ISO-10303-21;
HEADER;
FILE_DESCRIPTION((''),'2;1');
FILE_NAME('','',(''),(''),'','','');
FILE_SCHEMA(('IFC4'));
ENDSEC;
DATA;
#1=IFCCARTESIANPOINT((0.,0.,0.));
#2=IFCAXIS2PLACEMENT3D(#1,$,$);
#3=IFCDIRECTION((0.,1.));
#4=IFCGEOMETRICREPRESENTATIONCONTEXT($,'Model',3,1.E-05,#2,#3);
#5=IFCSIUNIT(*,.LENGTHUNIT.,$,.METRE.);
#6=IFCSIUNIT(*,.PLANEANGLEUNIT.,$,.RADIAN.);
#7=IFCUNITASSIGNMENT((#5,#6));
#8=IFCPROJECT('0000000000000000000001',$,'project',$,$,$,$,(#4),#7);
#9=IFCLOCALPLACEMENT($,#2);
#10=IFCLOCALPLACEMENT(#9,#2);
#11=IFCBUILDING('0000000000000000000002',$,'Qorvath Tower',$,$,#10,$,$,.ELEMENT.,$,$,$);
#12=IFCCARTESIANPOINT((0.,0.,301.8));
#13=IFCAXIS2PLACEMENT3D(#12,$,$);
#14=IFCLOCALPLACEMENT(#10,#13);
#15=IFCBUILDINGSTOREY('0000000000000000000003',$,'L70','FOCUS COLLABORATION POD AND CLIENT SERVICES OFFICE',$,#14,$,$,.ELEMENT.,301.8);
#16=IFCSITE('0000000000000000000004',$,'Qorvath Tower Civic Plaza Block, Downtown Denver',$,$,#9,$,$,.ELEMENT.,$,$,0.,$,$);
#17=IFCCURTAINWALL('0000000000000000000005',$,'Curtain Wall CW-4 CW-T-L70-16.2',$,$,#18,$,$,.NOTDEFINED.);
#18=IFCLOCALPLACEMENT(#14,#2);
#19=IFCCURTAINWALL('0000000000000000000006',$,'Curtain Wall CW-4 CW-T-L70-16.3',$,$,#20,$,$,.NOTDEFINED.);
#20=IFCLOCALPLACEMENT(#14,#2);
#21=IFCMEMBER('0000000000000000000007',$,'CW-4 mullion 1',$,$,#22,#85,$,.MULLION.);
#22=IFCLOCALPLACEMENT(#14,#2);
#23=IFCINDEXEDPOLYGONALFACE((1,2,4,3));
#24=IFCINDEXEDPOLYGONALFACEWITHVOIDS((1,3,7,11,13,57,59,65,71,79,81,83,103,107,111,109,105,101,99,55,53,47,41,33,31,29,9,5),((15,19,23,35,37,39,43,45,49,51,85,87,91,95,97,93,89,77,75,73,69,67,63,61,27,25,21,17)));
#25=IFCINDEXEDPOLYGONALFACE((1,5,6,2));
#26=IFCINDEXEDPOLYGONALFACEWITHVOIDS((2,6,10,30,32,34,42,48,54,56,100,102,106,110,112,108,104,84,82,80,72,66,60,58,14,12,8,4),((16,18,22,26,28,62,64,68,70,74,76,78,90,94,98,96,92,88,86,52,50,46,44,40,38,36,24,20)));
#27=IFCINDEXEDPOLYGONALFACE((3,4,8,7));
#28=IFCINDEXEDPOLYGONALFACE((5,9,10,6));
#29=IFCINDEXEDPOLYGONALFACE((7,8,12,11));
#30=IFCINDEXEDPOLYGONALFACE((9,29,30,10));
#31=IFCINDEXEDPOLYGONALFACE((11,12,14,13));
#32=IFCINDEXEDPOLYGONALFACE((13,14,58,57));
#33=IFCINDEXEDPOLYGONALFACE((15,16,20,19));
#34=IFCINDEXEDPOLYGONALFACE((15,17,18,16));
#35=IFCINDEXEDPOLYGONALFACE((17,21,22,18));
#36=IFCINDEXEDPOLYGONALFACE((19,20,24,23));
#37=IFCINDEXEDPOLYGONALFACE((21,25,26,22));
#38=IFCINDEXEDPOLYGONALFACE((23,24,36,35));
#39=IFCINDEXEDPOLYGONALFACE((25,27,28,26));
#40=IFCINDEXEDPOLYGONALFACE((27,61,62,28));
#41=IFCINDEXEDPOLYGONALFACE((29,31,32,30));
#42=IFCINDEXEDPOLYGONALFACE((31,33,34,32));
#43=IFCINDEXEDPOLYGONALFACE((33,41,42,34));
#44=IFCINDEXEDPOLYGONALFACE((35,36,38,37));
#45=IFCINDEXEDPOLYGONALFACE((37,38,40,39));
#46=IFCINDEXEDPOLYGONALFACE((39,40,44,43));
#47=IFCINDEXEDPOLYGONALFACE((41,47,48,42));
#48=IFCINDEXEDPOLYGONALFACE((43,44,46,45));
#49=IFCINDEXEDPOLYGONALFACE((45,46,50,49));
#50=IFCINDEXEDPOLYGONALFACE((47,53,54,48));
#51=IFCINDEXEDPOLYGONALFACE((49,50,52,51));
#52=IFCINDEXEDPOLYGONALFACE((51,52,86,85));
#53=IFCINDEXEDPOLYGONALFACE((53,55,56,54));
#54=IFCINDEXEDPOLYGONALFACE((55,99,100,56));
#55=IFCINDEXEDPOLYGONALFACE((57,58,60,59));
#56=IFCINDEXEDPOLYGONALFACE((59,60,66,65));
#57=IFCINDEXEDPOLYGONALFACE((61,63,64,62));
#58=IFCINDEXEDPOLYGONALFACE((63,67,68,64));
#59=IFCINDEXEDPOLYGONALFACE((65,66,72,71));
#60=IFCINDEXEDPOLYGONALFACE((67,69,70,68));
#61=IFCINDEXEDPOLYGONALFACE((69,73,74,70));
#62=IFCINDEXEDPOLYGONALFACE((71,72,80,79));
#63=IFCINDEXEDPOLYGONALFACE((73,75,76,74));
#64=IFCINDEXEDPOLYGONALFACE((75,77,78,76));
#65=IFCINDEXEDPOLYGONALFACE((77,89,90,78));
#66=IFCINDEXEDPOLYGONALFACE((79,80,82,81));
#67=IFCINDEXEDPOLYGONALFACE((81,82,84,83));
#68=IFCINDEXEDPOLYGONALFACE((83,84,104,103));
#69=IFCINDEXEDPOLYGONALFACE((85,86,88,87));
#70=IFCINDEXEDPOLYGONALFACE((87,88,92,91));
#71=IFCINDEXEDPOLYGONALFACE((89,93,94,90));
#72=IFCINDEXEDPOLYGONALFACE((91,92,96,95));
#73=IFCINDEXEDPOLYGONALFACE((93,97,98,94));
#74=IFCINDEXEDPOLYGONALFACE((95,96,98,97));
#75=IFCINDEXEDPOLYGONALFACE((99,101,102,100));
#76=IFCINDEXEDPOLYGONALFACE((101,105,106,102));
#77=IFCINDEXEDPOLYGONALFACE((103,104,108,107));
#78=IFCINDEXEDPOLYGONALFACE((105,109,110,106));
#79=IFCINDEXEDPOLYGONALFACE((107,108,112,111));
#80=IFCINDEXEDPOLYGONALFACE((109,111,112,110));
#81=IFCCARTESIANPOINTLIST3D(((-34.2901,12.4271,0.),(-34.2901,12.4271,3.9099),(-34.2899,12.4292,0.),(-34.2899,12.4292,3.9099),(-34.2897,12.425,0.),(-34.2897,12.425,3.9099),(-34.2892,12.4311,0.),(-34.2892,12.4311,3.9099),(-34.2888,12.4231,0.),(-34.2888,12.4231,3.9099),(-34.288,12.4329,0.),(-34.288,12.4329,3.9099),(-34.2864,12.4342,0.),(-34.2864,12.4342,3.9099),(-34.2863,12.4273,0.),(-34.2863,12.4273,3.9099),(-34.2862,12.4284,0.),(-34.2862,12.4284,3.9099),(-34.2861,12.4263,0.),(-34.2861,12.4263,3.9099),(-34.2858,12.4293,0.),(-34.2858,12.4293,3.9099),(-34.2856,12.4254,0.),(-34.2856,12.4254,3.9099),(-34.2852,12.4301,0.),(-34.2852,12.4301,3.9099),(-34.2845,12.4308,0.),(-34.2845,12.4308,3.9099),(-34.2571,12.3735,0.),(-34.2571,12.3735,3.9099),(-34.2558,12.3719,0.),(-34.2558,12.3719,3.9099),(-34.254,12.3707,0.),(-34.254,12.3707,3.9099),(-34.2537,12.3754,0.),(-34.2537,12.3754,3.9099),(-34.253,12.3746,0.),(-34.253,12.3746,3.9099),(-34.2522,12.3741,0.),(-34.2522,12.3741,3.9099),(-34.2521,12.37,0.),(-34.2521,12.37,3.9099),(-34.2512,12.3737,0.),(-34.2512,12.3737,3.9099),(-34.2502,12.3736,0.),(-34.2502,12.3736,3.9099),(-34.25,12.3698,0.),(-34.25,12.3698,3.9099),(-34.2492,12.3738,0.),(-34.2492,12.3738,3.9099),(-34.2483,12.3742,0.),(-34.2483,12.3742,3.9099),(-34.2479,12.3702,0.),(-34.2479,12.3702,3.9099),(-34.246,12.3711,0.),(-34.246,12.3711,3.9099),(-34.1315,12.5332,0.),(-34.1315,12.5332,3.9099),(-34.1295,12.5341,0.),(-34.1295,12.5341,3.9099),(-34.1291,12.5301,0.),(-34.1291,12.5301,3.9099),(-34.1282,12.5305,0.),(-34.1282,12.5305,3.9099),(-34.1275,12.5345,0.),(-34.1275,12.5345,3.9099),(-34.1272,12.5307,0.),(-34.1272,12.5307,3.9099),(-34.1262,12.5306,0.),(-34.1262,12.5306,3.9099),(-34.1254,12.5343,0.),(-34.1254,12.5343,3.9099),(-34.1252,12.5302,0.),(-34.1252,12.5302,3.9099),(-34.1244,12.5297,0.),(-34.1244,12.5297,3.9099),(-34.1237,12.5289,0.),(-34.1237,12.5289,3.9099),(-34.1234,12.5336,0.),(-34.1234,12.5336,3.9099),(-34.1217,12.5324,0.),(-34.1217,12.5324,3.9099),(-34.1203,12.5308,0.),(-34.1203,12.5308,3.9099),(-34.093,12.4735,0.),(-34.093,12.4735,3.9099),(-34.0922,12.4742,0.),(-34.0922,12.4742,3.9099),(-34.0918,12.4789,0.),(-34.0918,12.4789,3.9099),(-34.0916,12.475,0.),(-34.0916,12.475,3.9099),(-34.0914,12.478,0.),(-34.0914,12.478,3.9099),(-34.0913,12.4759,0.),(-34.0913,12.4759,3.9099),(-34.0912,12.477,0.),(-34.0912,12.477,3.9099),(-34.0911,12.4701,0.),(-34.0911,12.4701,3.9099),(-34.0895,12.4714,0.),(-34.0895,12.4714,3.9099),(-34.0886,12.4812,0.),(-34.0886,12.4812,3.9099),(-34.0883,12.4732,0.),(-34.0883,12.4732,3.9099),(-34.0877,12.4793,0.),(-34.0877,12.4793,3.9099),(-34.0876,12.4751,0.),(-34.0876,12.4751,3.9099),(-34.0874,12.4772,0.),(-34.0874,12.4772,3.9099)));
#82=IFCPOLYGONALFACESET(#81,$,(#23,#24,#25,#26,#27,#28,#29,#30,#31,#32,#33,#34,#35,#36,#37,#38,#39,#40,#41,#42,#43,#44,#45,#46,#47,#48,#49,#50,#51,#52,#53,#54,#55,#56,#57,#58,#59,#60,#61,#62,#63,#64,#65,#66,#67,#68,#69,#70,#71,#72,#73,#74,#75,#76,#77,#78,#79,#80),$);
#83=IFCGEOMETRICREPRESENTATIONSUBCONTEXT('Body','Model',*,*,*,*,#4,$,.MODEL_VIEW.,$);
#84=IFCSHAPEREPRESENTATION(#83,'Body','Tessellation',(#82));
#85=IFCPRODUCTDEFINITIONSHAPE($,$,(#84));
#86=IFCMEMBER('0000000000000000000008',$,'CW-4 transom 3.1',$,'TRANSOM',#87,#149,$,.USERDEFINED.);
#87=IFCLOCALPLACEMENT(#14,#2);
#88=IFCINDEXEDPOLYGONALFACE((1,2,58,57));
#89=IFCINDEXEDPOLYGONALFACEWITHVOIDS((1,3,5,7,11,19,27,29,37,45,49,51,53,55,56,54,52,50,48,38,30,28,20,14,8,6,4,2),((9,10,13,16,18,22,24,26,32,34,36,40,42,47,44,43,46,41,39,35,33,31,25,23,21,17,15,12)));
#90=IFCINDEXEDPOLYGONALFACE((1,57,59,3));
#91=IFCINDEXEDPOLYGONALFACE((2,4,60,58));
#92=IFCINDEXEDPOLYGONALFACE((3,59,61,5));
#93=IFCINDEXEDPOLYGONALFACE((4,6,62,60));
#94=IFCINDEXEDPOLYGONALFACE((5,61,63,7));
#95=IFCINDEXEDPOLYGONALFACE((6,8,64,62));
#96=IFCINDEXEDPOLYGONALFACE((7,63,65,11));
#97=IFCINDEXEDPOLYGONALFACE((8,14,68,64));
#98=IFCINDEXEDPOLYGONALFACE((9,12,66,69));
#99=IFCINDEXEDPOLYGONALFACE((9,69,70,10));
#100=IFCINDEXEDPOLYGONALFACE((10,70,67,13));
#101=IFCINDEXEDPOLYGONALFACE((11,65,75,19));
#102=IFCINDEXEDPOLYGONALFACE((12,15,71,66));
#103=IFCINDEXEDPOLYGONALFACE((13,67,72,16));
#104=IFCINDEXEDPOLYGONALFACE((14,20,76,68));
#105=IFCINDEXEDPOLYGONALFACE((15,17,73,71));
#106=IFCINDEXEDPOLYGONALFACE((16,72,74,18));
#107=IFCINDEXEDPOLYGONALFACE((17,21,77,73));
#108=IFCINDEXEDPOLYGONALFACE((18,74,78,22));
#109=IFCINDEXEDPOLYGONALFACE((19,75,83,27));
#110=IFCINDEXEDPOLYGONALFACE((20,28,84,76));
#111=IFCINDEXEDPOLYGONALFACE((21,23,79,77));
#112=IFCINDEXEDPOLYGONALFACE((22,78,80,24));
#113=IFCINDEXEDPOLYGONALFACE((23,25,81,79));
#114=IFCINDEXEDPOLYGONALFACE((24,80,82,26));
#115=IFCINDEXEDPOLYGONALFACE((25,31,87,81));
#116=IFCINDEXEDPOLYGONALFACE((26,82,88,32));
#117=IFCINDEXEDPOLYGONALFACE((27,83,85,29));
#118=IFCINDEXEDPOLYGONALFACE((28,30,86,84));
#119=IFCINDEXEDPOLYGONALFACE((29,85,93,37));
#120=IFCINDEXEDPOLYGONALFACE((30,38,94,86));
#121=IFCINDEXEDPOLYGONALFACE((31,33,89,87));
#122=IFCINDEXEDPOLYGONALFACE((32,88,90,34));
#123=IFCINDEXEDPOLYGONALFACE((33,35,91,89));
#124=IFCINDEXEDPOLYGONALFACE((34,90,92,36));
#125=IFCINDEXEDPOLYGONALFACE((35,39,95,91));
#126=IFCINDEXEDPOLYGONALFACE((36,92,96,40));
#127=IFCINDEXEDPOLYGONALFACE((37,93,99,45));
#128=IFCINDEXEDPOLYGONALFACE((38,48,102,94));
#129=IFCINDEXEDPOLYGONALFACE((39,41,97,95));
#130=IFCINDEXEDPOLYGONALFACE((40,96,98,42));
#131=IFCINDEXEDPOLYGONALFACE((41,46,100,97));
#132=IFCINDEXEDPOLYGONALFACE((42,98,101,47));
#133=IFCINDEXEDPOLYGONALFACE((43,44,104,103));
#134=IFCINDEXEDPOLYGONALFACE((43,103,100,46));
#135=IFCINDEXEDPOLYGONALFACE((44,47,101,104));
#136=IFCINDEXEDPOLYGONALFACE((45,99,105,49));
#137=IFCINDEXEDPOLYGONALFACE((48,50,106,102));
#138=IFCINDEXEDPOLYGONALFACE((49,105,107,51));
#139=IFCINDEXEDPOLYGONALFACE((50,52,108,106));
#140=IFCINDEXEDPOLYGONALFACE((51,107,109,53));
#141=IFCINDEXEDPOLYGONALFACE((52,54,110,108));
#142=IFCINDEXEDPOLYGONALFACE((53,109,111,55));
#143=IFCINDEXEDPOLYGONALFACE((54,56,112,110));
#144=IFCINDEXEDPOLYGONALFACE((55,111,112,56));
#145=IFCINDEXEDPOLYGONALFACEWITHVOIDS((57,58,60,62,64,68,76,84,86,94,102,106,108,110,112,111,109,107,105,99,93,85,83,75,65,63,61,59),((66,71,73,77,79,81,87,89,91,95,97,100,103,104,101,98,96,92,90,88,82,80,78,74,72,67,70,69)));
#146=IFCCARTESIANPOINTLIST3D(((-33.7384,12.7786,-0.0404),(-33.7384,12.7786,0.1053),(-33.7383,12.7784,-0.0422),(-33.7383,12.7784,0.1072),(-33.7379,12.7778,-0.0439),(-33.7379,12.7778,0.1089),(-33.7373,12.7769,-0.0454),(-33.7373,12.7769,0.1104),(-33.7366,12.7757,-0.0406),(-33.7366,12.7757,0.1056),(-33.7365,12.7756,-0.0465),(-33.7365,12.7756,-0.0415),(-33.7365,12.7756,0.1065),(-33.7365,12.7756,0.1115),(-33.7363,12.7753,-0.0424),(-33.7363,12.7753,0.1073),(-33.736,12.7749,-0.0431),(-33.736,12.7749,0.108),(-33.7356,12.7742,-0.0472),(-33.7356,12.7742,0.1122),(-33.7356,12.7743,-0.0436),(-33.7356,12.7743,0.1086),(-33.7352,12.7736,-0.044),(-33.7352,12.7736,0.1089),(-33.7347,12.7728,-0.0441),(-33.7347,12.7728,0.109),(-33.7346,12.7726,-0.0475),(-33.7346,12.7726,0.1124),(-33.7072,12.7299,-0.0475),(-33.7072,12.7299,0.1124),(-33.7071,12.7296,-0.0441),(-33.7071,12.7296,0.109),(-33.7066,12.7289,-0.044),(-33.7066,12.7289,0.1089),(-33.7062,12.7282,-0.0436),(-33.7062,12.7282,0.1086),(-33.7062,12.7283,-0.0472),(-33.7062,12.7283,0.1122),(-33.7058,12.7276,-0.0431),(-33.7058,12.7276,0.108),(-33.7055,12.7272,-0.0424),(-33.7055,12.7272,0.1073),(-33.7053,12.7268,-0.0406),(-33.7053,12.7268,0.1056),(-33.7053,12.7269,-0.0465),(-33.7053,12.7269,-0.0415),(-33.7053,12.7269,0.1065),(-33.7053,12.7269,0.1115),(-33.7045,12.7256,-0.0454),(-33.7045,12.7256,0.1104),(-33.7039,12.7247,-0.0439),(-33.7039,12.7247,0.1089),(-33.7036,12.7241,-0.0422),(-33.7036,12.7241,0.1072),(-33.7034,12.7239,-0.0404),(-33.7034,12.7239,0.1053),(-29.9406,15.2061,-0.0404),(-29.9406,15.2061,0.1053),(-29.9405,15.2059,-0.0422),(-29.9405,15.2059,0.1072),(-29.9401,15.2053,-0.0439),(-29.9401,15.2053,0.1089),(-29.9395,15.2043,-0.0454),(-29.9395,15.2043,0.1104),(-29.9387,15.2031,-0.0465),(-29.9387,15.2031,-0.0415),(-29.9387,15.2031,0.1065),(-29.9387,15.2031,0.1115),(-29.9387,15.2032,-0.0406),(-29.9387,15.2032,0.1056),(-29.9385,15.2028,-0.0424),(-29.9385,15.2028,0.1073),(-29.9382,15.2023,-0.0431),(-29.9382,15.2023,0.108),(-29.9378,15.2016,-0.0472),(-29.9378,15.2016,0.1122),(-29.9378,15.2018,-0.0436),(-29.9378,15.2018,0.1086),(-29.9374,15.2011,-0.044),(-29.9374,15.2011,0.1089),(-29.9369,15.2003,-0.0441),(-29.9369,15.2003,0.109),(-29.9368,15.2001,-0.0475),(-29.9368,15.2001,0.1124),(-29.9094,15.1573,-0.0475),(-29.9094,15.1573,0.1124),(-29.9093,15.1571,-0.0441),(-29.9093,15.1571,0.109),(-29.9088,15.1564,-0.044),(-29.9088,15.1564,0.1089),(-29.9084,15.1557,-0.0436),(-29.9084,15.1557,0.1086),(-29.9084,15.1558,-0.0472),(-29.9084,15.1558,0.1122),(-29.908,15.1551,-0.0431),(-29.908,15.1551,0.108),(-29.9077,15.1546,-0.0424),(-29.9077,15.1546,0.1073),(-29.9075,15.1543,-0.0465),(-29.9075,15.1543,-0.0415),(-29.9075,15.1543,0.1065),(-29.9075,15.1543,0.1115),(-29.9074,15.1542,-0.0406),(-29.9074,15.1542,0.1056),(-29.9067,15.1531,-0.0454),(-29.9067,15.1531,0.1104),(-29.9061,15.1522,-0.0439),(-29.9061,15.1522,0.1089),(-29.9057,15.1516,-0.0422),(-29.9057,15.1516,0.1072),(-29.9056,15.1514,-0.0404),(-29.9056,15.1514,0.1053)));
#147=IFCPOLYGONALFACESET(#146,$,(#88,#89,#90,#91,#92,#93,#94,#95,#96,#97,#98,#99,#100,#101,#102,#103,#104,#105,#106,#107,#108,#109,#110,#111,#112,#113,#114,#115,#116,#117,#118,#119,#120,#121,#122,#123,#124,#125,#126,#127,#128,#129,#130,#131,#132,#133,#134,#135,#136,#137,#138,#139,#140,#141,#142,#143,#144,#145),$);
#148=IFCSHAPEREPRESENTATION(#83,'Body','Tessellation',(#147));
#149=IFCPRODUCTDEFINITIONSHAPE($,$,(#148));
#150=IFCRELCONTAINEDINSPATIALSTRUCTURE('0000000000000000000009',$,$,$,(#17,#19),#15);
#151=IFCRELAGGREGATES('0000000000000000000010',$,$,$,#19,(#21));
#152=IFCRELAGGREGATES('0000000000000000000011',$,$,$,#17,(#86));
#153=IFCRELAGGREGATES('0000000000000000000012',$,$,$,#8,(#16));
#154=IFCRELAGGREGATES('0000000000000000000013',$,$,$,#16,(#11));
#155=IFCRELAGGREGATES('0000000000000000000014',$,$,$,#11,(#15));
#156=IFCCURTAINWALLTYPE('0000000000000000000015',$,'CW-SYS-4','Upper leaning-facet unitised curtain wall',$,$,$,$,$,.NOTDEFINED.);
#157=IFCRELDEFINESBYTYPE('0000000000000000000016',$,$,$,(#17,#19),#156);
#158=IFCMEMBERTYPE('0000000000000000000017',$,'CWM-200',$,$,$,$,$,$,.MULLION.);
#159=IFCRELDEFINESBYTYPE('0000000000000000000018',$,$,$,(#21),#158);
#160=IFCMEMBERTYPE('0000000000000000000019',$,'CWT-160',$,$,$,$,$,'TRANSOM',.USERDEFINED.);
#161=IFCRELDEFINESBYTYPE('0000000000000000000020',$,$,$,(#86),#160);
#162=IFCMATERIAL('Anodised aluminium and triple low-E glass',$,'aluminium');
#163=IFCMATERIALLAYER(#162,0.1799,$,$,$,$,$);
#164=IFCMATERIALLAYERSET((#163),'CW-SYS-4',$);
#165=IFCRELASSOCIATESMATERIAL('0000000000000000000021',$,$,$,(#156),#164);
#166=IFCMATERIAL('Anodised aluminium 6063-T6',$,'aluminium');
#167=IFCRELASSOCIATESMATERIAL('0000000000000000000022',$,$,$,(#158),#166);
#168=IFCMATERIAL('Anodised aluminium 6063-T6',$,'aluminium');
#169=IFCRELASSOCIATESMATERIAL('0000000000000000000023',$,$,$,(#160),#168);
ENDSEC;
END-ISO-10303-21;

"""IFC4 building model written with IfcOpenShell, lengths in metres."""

from ifc_helpers import new_model, si_unit, direction, frame, origin, origin_2d, place, context, subcontext, project, spatial, hollow_rectangle, extrude, material, layer, layer_set, material_profile, profile_set, type_object, element, aggregate, save


model = new_model("IFC4")

# Units and contexts
model_context = context("Model", 3, precision=1e-05, world=origin(), true_north=direction((0.0, 1.0)))
body_context = subcontext(model_context, "Body", "Model", "MODEL_VIEW")
ifc_project = project(units=[si_unit("LENGTHUNIT", "METRE"), si_unit("PLANEANGLEUNIT", "RADIAN")], contexts=[model_context])

# Site, building, storey
site_placement = place(None, origin())
site = spatial("IfcSite", under=ifc_project, at=site_placement, Name="Qorvath Tower Civic Plaza Block, Downtown Denver", CompositionType="ELEMENT", RefElevation=0.0)
building_placement = place(site_placement, origin())
building = spatial("IfcBuilding", under=site, at=building_placement, Name="Qorvath Tower", CompositionType="ELEMENT")
storey_placement = place(building_placement, frame((0.0, 0.0, 301.8)))
storey = spatial("IfcBuildingStorey", under=building, at=storey_placement, Name="L70", Description="FOCUS COLLABORATION POD AND CLIENT SERVICES OFFICE", CompositionType="ELEMENT", Elevation=301.8)

# Curtain walls, member
ifc_material_1 = material(Name="Anodised aluminium and triple low-E glass", Category="aluminium")
ifc_layer_1 = layer(ifc_material_1, 0.1799)
ifc_layer_set_1 = layer_set([ifc_layer_1], Name="CW-SYS-4")
curtain_wall_type = type_object("IfcCurtainWallType", Name="CW-SYS-4", Description="Upper leaning-facet unitised curtain wall", PredefinedType="NOTDEFINED", material=ifc_layer_set_1)
curtain_wall_1_placement = place(storey_placement, origin())
curtain_wall_1 = element("IfcCurtainWall", 1, at=curtain_wall_1_placement, inside=storey, type_object=curtain_wall_type, Name="Curtain Wall CW-4 CW-T-L70-16.2", PredefinedType="NOTDEFINED")
ifc_material_2 = material(Name="Anodised aluminium 6063-T6", Category="aluminium")
ifc_material_profile_1 = material_profile(ifc_material_2, hollow_rectangle(XDim=0.075, YDim=0.2, WallThickness=0.0039, InnerFilletRadius=0.0039, OuterFilletRadius=0.0081, at=origin_2d()), Name="CWM 200x75")
ifc_profile_set_1 = profile_set([ifc_material_profile_1], Name="Anodised aluminium 6063-T6")
member_type_1 = type_object("IfcMemberType", Name="CWM-200", PredefinedType="MULLION", material=ifc_profile_set_1)
curtain_wall_2_placement = place(storey_placement, origin())
curtain_wall_2 = element("IfcCurtainWall", 2, at=curtain_wall_2_placement, inside=storey, type_object=curtain_wall_type, Name="Curtain Wall CW-4 CW-T-L70-16.3", PredefinedType="NOTDEFINED")
member_1_placement = place(storey_placement, frame((-34.1887, 12.4521, 0.0), z_axis=(0.0, 0.0, 1.0), x_axis=(0.538527, -0.842608, 0.0)))
member_1 = element("IfcMember", 3, at=member_1_placement, type_object=member_type_1, Name="CW-4 mullion 1", PredefinedType="MULLION", context=body_context, shape_type="SweptSolid", body=[
    extrude(hollow_rectangle(XDim=0.075, YDim=0.2, WallThickness=0.0039, InnerFilletRadius=0.0039, OuterFilletRadius=0.0081, at=origin_2d()), origin(), (0.0, 0.0, 1.0), 3.9099),
])

# Member
ifc_material_3 = material(Name="Anodised aluminium 6063-T6", Category="aluminium")
ifc_material_profile_2 = material_profile(ifc_material_3, hollow_rectangle(XDim=0.0649, YDim=0.1599, WallThickness=0.0034, InnerFilletRadius=0.0034, OuterFilletRadius=0.0071, at=origin_2d()), Name="CWT 160x65")
ifc_profile_set_2 = profile_set([ifc_material_profile_2], Name="Anodised aluminium 6063-T6")
member_type_2 = type_object("IfcMemberType", Name="CWT-160", ElementType="TRANSOM", PredefinedType="USERDEFINED", material=ifc_profile_set_2)
member_2_placement = place(storey_placement, frame((-29.9231, 15.1787, 0.0325), z_axis=(-0.842587, -0.53856, 0.0), x_axis=(0.53856, -0.842587, 0.0)))
member_2 = element("IfcMember", 4, at=member_2_placement, type_object=member_type_2, Name="CW-4 transom 3.1", ObjectType="TRANSOM", PredefinedType="USERDEFINED", context=body_context, shape_type="SweptSolid", body=[
    extrude(hollow_rectangle(XDim=0.0649, YDim=0.1599, WallThickness=0.0034, InnerFilletRadius=0.0034, OuterFilletRadius=0.0071, at=origin_2d()), origin(), (0.0, 0.0, 1.0), 4.5073),
])
aggregate(curtain_wall_2, [member_1])

aggregate(curtain_wall_1, [member_2])

save(model, "model.ifc")
